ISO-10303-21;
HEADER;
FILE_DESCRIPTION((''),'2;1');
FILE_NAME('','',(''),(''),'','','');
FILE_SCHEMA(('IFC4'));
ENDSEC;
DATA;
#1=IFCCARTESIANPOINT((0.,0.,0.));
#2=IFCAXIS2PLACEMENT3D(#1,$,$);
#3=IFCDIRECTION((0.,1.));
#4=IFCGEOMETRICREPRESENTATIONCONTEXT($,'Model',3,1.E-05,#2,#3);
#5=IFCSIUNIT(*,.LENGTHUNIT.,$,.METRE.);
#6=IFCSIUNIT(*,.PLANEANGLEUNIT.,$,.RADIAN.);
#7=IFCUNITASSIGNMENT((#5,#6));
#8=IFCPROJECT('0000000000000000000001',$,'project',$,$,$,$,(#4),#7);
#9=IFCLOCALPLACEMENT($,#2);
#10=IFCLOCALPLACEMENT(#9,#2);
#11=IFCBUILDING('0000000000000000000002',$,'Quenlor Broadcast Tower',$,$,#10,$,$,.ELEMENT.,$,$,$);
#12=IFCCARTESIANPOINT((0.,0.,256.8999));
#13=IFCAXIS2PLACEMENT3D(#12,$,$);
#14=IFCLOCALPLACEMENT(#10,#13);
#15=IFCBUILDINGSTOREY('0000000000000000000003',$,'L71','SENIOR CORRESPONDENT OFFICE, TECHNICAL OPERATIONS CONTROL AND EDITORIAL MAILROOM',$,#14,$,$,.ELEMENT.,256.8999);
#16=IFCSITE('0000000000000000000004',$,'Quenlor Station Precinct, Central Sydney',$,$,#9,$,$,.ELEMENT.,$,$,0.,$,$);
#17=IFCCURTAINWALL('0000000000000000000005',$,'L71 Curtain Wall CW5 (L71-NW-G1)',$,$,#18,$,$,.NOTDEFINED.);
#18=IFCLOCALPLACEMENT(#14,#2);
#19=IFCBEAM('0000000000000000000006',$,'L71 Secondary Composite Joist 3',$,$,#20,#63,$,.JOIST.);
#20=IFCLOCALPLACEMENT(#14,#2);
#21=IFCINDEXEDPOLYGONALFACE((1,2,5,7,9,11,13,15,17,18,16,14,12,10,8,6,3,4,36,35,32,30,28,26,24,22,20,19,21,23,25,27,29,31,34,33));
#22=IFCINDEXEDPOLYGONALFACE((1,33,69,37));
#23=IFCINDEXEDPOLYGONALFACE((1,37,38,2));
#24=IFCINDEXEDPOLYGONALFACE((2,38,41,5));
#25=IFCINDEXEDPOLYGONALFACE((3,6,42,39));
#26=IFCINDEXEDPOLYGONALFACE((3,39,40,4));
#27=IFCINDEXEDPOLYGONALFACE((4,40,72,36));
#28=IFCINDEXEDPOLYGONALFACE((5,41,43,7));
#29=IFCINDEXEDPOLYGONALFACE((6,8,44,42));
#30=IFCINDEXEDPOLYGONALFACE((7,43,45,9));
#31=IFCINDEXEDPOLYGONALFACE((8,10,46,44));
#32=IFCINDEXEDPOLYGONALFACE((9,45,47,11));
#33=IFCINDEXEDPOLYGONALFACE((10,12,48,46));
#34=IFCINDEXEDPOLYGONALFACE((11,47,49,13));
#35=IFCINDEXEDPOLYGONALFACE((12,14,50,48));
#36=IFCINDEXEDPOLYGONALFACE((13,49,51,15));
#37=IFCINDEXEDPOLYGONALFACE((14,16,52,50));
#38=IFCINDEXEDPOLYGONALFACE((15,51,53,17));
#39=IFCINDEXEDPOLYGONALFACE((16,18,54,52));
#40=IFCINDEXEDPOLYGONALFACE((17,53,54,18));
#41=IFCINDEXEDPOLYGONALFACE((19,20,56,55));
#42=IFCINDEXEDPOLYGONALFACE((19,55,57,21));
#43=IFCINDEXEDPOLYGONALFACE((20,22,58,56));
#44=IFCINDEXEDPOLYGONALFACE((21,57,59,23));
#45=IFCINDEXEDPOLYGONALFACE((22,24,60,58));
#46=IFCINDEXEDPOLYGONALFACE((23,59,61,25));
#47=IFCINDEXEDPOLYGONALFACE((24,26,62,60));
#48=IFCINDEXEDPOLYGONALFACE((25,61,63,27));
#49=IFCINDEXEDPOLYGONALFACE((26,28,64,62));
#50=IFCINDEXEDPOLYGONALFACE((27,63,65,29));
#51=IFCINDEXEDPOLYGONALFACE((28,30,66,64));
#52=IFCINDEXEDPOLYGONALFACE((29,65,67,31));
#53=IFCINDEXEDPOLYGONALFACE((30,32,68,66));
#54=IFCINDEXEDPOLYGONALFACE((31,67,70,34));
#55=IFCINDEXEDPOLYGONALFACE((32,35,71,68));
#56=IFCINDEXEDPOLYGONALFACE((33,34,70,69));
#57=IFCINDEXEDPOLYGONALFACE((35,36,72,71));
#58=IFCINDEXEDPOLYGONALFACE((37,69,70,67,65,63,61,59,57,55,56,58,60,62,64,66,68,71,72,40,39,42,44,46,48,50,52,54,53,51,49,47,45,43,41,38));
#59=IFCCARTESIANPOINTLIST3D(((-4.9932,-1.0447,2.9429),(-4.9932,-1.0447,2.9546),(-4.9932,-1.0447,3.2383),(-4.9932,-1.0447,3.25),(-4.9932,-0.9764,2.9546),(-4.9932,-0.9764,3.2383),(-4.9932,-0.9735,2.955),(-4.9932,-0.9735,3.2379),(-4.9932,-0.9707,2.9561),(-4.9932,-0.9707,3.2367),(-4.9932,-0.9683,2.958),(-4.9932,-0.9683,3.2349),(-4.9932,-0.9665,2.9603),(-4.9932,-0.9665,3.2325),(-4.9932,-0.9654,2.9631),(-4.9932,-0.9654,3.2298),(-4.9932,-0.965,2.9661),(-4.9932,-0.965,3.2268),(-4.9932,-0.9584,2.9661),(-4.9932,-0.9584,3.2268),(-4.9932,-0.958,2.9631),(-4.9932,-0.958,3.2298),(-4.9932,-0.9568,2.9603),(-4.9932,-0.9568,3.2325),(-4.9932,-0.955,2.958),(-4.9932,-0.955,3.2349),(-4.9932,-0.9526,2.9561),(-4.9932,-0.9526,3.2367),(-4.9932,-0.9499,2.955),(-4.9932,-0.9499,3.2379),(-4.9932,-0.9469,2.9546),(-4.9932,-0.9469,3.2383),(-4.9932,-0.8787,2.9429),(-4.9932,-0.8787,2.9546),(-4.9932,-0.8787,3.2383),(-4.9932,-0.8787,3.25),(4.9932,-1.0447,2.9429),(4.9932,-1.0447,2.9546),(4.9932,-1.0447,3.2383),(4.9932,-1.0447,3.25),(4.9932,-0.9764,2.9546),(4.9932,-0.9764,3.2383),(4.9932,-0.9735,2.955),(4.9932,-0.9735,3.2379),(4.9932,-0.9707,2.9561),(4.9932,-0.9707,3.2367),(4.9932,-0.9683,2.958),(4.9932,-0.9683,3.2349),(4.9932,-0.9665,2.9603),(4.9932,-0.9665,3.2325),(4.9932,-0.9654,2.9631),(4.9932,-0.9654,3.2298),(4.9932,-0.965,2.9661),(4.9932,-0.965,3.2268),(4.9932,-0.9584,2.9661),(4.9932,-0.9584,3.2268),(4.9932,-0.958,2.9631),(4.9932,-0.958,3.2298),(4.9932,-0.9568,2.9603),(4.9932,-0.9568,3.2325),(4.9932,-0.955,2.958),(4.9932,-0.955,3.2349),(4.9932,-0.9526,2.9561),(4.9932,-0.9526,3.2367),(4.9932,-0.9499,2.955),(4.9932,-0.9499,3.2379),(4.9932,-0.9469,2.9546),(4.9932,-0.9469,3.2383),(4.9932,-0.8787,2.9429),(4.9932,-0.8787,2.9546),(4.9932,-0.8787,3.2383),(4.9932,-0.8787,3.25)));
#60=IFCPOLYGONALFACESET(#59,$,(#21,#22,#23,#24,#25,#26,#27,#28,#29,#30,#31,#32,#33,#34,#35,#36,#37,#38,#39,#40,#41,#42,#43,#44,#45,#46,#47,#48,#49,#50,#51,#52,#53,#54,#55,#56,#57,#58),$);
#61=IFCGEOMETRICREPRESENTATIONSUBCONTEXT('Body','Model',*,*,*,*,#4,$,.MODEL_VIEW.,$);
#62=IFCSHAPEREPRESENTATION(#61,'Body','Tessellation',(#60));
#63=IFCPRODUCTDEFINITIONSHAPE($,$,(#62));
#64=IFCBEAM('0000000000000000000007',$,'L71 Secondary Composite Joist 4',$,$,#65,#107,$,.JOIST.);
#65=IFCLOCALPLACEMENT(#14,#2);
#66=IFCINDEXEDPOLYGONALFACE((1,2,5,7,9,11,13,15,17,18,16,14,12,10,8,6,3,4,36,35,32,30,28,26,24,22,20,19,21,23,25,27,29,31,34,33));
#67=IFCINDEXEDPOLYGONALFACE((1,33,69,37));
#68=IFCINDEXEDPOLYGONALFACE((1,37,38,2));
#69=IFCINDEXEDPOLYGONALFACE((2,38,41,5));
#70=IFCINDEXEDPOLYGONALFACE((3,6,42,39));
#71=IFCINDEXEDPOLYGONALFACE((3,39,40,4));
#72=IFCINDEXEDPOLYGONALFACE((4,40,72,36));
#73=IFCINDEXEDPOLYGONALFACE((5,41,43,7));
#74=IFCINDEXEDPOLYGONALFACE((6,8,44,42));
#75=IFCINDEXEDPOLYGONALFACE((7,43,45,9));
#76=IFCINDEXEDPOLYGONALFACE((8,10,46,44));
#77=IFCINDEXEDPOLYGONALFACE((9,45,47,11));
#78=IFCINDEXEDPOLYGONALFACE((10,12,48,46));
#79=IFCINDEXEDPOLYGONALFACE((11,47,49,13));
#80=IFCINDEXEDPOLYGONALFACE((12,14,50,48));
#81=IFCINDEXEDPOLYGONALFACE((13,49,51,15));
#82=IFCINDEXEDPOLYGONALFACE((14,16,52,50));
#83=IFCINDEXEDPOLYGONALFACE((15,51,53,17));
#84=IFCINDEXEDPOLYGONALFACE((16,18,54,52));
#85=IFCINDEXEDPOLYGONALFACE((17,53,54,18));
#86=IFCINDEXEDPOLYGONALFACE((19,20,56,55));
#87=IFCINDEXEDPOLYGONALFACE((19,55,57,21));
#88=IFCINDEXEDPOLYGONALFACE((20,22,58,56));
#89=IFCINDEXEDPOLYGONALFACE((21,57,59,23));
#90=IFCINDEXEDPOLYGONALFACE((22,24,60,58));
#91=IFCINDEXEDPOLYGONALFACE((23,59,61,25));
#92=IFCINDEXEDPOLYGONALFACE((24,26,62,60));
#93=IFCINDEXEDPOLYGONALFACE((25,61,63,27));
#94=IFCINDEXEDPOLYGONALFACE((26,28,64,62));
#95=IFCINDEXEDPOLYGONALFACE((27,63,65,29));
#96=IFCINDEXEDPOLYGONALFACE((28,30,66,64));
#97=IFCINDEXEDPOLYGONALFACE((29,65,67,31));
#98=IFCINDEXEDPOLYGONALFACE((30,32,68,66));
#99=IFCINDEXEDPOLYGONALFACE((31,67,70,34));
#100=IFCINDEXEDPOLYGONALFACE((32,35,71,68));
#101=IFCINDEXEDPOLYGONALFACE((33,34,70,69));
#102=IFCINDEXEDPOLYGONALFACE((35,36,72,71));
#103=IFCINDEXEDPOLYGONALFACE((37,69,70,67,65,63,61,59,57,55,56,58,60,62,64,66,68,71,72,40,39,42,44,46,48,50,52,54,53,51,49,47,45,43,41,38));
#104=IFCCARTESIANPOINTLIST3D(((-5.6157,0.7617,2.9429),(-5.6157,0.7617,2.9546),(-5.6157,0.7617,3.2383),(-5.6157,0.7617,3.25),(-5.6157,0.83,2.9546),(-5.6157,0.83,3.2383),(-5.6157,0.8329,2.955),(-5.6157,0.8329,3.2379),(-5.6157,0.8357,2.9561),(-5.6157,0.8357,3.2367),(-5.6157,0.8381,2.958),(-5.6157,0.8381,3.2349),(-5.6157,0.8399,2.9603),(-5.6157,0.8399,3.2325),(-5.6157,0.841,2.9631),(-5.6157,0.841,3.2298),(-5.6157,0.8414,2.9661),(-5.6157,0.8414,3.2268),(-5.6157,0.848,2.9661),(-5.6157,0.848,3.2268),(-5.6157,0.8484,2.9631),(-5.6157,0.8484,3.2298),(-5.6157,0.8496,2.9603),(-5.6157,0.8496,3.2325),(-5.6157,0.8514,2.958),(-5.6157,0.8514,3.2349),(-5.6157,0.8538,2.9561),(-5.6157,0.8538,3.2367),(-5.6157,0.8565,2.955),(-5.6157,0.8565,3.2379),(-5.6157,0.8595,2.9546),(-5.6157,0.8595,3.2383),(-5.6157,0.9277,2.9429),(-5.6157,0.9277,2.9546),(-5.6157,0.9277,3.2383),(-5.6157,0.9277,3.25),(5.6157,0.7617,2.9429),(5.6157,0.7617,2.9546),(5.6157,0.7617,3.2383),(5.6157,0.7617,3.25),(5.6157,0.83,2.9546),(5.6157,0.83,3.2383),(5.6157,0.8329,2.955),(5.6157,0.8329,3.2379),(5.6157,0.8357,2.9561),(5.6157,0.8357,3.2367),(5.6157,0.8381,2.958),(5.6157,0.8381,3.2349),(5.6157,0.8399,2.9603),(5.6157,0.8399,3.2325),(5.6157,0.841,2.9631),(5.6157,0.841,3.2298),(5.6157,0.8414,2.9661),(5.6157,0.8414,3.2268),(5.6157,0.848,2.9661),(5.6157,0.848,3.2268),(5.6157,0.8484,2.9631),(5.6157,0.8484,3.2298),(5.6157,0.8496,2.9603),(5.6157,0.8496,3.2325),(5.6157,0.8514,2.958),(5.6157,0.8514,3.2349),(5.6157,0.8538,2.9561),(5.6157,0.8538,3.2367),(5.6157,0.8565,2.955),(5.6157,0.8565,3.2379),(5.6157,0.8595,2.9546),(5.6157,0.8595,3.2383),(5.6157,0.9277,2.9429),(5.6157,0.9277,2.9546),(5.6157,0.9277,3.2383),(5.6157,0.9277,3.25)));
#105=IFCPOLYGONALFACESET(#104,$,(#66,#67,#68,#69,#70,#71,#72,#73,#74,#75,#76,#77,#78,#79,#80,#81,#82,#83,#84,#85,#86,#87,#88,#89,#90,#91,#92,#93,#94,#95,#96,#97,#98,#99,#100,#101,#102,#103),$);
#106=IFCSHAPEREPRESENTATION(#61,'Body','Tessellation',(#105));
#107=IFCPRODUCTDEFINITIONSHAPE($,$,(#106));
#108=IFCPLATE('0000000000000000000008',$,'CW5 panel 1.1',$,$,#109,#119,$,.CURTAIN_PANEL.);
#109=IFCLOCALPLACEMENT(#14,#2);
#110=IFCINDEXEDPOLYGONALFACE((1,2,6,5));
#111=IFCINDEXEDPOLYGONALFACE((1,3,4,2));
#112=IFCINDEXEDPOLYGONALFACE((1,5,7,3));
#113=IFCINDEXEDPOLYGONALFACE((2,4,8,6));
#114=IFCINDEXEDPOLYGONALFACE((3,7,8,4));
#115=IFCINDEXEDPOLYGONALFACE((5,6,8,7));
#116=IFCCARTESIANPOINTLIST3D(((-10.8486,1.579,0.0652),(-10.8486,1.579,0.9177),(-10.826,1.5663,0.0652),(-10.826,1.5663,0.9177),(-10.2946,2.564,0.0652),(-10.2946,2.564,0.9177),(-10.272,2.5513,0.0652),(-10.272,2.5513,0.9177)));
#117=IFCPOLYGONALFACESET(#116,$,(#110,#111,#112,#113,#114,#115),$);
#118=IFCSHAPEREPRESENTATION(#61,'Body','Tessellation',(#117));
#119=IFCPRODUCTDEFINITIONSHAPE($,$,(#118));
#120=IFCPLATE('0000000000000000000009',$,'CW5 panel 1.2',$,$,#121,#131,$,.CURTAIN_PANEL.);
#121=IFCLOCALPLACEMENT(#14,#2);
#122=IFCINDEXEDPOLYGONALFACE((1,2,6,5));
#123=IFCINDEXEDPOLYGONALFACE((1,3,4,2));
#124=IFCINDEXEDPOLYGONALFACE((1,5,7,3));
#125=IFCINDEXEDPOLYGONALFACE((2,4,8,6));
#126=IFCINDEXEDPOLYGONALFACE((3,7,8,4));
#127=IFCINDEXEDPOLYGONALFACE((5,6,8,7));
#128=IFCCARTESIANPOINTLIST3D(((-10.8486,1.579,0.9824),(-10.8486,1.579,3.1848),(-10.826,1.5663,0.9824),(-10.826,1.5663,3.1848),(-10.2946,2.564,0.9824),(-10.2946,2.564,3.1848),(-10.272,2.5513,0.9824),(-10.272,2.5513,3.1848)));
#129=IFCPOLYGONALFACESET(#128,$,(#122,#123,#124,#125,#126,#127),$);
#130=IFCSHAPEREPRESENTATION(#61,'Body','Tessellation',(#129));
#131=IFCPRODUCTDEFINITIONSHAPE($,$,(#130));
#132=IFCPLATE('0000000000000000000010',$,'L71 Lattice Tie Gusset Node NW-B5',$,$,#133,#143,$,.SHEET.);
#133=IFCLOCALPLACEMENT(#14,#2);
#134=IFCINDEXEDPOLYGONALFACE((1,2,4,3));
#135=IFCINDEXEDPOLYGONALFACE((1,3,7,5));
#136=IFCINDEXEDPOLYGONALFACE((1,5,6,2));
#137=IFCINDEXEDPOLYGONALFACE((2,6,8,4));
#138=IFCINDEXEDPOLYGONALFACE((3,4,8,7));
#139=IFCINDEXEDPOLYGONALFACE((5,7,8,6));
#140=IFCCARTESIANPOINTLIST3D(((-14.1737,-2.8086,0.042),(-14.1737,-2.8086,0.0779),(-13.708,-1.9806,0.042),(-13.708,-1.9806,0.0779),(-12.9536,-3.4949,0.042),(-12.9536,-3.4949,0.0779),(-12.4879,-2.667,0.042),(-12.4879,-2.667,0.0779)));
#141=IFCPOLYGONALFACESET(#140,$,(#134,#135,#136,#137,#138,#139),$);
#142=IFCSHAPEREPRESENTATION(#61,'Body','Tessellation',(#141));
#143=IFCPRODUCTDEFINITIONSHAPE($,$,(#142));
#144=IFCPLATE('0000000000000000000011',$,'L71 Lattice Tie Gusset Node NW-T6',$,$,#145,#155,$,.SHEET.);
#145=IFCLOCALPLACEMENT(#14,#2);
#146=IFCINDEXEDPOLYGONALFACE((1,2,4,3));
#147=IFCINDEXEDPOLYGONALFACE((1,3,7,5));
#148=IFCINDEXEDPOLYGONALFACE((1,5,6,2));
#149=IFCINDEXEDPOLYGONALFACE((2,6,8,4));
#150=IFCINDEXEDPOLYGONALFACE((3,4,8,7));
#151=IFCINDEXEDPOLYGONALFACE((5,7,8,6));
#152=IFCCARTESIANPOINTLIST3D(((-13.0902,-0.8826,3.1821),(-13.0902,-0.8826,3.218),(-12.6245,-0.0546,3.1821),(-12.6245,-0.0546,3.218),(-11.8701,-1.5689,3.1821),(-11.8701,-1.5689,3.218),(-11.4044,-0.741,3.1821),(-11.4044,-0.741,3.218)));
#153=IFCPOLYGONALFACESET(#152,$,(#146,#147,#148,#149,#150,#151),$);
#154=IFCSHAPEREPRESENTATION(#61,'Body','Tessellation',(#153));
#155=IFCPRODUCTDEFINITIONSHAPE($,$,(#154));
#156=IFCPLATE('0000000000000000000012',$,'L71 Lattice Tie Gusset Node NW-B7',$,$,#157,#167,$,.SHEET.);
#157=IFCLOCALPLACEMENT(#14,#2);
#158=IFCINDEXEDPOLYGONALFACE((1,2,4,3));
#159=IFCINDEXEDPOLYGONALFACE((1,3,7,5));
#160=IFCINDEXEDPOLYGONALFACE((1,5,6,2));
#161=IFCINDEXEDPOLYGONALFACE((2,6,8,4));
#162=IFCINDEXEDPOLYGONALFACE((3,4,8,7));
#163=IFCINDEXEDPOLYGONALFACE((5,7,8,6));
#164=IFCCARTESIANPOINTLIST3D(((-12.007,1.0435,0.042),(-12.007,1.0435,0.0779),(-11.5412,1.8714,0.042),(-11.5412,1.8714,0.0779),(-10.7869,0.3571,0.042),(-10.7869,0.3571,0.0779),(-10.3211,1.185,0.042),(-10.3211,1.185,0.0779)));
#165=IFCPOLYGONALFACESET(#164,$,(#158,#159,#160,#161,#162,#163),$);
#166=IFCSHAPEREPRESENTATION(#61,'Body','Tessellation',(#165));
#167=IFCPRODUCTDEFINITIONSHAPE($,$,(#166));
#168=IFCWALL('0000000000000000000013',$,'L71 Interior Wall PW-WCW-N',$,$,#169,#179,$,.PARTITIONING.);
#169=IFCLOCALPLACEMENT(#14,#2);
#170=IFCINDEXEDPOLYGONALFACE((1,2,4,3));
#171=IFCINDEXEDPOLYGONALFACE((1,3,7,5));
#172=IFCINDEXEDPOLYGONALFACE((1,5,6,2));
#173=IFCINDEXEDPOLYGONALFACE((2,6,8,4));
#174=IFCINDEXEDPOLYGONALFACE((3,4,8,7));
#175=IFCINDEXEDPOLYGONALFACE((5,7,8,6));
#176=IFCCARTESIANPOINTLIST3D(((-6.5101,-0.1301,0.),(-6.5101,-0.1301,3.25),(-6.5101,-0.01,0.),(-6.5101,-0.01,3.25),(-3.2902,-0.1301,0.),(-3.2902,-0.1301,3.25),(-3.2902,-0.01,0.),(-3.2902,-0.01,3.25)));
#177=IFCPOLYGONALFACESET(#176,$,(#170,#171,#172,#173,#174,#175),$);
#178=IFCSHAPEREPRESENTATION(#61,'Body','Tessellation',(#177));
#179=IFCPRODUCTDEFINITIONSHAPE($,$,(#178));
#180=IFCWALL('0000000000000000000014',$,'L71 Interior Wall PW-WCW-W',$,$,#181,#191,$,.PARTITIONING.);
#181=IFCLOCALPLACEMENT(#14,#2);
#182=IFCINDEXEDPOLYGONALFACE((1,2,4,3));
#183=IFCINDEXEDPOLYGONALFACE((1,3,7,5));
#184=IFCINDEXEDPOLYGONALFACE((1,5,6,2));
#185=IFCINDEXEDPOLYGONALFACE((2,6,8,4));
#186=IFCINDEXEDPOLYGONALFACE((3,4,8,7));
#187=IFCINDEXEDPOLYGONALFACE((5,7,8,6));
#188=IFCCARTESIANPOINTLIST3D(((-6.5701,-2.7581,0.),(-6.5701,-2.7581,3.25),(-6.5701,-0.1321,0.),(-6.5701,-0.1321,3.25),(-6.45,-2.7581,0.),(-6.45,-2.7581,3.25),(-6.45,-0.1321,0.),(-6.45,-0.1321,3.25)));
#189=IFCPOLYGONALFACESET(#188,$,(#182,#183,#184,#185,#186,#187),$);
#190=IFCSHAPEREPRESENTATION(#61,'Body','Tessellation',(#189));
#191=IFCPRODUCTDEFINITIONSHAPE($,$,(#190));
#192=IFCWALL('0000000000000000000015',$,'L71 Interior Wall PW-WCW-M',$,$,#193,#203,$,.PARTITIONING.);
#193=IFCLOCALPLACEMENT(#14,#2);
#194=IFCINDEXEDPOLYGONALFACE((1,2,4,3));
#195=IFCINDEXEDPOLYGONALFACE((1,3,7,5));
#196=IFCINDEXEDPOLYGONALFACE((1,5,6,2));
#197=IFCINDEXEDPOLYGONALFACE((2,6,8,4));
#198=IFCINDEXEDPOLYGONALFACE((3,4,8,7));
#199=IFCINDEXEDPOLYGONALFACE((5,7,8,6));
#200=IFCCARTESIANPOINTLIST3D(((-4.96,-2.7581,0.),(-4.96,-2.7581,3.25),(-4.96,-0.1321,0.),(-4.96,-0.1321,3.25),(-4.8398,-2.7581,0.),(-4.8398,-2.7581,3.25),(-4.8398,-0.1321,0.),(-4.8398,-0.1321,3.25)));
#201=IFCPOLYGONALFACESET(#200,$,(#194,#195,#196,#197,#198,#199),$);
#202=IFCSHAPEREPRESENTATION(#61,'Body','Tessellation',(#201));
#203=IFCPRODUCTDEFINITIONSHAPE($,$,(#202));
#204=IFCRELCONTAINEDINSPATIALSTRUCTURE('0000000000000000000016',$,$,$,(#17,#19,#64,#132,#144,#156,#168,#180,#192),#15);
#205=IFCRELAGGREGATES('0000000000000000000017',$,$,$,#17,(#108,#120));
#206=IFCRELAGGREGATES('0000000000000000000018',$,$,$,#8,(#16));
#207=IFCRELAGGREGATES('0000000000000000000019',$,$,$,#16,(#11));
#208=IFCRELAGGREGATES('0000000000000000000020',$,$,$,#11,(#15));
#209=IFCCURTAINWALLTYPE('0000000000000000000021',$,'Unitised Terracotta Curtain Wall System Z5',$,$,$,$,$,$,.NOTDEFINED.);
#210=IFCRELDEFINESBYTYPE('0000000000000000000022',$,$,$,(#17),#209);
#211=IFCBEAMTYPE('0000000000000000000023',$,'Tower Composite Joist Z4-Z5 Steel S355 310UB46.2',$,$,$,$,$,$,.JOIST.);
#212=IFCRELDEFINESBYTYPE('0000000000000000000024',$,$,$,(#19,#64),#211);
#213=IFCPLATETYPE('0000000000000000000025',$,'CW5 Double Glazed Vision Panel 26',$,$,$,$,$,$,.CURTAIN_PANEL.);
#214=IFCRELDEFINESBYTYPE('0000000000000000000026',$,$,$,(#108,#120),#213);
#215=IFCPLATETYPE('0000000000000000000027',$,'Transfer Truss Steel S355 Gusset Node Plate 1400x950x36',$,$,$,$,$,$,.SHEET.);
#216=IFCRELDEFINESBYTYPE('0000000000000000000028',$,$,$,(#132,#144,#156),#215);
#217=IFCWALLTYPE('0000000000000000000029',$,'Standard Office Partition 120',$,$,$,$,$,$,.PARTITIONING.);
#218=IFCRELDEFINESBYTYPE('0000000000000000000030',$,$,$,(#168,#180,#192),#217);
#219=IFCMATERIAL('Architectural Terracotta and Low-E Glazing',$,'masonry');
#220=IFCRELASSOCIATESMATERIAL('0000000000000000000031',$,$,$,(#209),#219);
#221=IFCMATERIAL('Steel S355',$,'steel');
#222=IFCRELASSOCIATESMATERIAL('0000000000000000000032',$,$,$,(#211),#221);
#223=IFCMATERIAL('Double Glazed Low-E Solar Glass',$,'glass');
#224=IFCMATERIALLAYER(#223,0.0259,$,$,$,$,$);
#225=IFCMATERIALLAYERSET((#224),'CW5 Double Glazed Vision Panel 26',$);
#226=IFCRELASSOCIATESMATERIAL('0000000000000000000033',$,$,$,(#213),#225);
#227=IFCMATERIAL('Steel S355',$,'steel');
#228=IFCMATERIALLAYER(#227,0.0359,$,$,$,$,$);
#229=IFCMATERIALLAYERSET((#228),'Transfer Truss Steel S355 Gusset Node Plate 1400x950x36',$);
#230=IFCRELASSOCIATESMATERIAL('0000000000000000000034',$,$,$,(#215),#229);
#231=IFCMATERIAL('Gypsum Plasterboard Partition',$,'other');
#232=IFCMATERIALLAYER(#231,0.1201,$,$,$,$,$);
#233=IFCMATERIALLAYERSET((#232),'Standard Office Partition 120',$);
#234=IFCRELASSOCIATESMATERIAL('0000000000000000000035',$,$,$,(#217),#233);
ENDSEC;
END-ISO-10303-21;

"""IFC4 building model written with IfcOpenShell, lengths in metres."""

from ifc_helpers import new_model, si_unit, direction, frame, frame_2d, origin, origin_2d, place, context, subcontext, project, spatial, rectangle, i_section, extrude, material, layer, layer_set, material_profile, profile_set, type_object, element, aggregate, save


model = new_model("IFC4")

# Units and contexts
model_context = context("Model", 3, precision=1e-05, world=origin(), true_north=direction((0.0, 1.0)))
body_context = subcontext(model_context, "Body", "Model", "MODEL_VIEW")
ifc_project = project(units=[si_unit("LENGTHUNIT", "METRE"), si_unit("PLANEANGLEUNIT", "RADIAN")], contexts=[model_context])

# Site, building, storey
site_placement = place(None, origin())
site = spatial("IfcSite", under=ifc_project, at=site_placement, Name="Quenlor Station Precinct, Central Sydney", CompositionType="ELEMENT", RefElevation=0.0)
building_placement = place(site_placement, origin())
building = spatial("IfcBuilding", under=site, at=building_placement, Name="Quenlor Broadcast Tower", CompositionType="ELEMENT")
storey_placement = place(building_placement, frame((0.0, 0.0, 256.8999)))
storey = spatial("IfcBuildingStorey", under=building, at=storey_placement, Name="L71", Description="SENIOR CORRESPONDENT OFFICE, TECHNICAL OPERATIONS CONTROL AND EDITORIAL MAILROOM", CompositionType="ELEMENT", Elevation=256.8999)

# Curtain wall
ifc_material_1 = material(Name="Architectural Terracotta and Low-E Glazing", Category="masonry")
curtain_wall_type = type_object("IfcCurtainWallType", Name="Unitised Terracotta Curtain Wall System Z5", PredefinedType="NOTDEFINED", material=ifc_material_1)
curtain_wall_placement = place(storey_placement, origin())
curtain_wall = element("IfcCurtainWall", 1, at=curtain_wall_placement, inside=storey, type_object=curtain_wall_type, Name="L71 Curtain Wall CW5 (L71-NW-G1)", PredefinedType="NOTDEFINED")

# Beams
ifc_material_2 = material(Name="Steel S355", Category="steel")
ifc_material_profile_1 = material_profile(ifc_material_2, i_section(OverallWidth=0.166, OverallDepth=0.3071, WebThickness=0.0066, FlangeThickness=0.0117, FilletRadius=0.0115, at=origin_2d()))
ifc_profile_set_1 = profile_set([ifc_material_profile_1], Name="Steel S355 310UB46.2")
beam_type = type_object("IfcBeamType", Name="Tower Composite Joist Z4-Z5 Steel S355 310UB46.2", PredefinedType="JOIST", material=ifc_profile_set_1)
beam_1_placement = place(storey_placement, frame((-4.9932, -0.9617, 3.0964), z_axis=(1.0, 0.0, 0.0), x_axis=(0.0, 1.0, 0.0)))
element("IfcBeam", 2, at=beam_1_placement, inside=storey, type_object=beam_type, Name="L71 Secondary Composite Joist 3", PredefinedType="JOIST", context=body_context, shape_type="SweptSolid", body=[
    extrude(i_section(OverallWidth=0.166, OverallDepth=0.3071, WebThickness=0.0066, FlangeThickness=0.0117, FilletRadius=0.0115, at=origin_2d()), origin(), (0.0, 0.0, 1.0), 9.9863),
])
beam_2_placement = place(storey_placement, frame((-5.6157, 0.8447, 3.0964), z_axis=(1.0, 0.0, 0.0), x_axis=(0.0, 1.0, 0.0)))
element("IfcBeam", 3, at=beam_2_placement, inside=storey, type_object=beam_type, Name="L71 Secondary Composite Joist 4", PredefinedType="JOIST", context=body_context, shape_type="SweptSolid", body=[
    extrude(i_section(OverallWidth=0.166, OverallDepth=0.3071, WebThickness=0.0066, FlangeThickness=0.0117, FilletRadius=0.0115, at=origin_2d()), origin(), (0.0, 0.0, 1.0), 11.2314),
])

# Plates
ifc_material_3 = material(Name="Double Glazed Low-E Solar Glass", Category="glass")
ifc_layer_1 = layer(ifc_material_3, 0.0259)
ifc_layer_set_1 = layer_set([ifc_layer_1], Name="CW5 Double Glazed Vision Panel 26")
plate_type_1 = type_object("IfcPlateType", Name="CW5 Double Glazed Vision Panel 26", PredefinedType="CURTAIN_PANEL", material=ifc_layer_set_1)
plate_1_placement = place(storey_placement, frame((-10.5603, 2.0652, 0.0652), z_axis=(0.0, 0.0, 1.0), x_axis=(0.490231, 0.871592, 0.0)))
plate_1 = element("IfcPlate", 4, at=plate_1_placement, type_object=plate_type_1, Name="CW5 panel 1.1", PredefinedType="CURTAIN_PANEL", context=body_context, shape_type="SweptSolid", body=[
    extrude(rectangle(XDim=1.1301, YDim=0.0259, at=origin_2d()), origin(), (0.0, 0.0, 1.0), 0.8525),
])
plate_2_placement = place(storey_placement, frame((-10.5603, 2.0652, 0.9824), z_axis=(0.0, 0.0, 1.0), x_axis=(0.490231, 0.871592, 0.0)))
plate_2 = element("IfcPlate", 5, at=plate_2_placement, type_object=plate_type_1, Name="CW5 panel 1.2", PredefinedType="CURTAIN_PANEL", context=body_context, shape_type="SweptSolid", body=[
    extrude(rectangle(XDim=1.1301, YDim=0.0259, at=origin_2d()), origin(), (0.0, 0.0, 1.0), 2.2024),
])
aggregate(curtain_wall, [plate_1, plate_2])

# Plates
ifc_material_4 = material(Name="Steel S355", Category="steel")
ifc_layer_2 = layer(ifc_material_4, 0.0359)
ifc_layer_set_2 = layer_set([ifc_layer_2], Name="Transfer Truss Steel S355 Gusset Node Plate 1400x950x36")
plate_type_2 = type_object("IfcPlateType", Name="Transfer Truss Steel S355 Gusset Node Plate 1400x950x36", PredefinedType="SHEET", material=ifc_layer_set_2)
for number, where, z_axis, x_axis, name in (
    (6, (-13.3308, -2.7378, 0.042), (0.0, 0.0, 1.0), (-0.871556, 0.490295, 0.0), "L71 Lattice Tie Gusset Node NW-B5"),
    (7, (-12.2473, -0.8118, 3.1821), (0.0, 0.0, 1.0), (-0.871556, 0.490295, 0.0), "L71 Lattice Tie Gusset Node NW-T6"),
    (8, (-11.1641, 1.1143, 0.042), (0.0, 0.0, 1.0), (-0.871556, 0.490295, 0.0), "L71 Lattice Tie Gusset Node NW-B7"),
):
    element("IfcPlate", number, at=place(storey_placement, frame(where, z_axis=z_axis, x_axis=x_axis)), inside=storey, type_object=plate_type_2, Name=name, PredefinedType="SHEET", context=body_context, shape_type="SweptSolid", body=[
        extrude(rectangle(XDim=1.3999, YDim=0.95, at=origin_2d()), origin(), (0.0, 0.0, 1.0), 0.0359),
    ])

# Walls
ifc_material_5 = material(Name="Gypsum Plasterboard Partition", Category="other")
ifc_layer_3 = layer(ifc_material_5, 0.1201)
ifc_layer_set_3 = layer_set([ifc_layer_3], Name="Standard Office Partition 120")
wall_type_1 = type_object("IfcWallType", Name="Standard Office Partition 120", PredefinedType="PARTITIONING", material=ifc_layer_set_3)
wall_1_placement = place(storey_placement, frame((-6.51, -0.0701, 0.0), z_axis=(0.0, 0.0, 1.0), x_axis=(1.0, 0.0, 0.0)))
element("IfcWall", 9, at=wall_1_placement, inside=storey, type_object=wall_type_1, Name="L71 Interior Wall PW-WCW-N", PredefinedType="PARTITIONING", context=body_context, shape_type="SweptSolid", body=[
    extrude(rectangle(XDim=3.22, YDim=0.1201, at=frame_2d((1.6099, 0.0))), origin(), (0.0, 0.0, 1.0), 3.25),
])
for number, where, z_axis, x_axis, name in (
    (10, (-6.51, -2.7581, 0.0), (0.0, 0.0, 1.0), (0.0, 1.0, 0.0), "L71 Interior Wall PW-WCW-W"),
    (11, (-4.8999, -2.7581, 0.0), (0.0, 0.0, 1.0), (0.0, 1.0, 0.0), "L71 Interior Wall PW-WCW-M"),
):
    element("IfcWall", number, at=place(storey_placement, frame(where, z_axis=z_axis, x_axis=x_axis)), inside=storey, type_object=wall_type_1, Name=name, PredefinedType="PARTITIONING", context=body_context, shape_type="SweptSolid", body=[
        extrude(rectangle(XDim=2.626, YDim=0.1201, at=frame_2d((1.313, 0.0))), origin(), (0.0, 0.0, 1.0), 3.25),
    ])

save(model, "model.ifc")
